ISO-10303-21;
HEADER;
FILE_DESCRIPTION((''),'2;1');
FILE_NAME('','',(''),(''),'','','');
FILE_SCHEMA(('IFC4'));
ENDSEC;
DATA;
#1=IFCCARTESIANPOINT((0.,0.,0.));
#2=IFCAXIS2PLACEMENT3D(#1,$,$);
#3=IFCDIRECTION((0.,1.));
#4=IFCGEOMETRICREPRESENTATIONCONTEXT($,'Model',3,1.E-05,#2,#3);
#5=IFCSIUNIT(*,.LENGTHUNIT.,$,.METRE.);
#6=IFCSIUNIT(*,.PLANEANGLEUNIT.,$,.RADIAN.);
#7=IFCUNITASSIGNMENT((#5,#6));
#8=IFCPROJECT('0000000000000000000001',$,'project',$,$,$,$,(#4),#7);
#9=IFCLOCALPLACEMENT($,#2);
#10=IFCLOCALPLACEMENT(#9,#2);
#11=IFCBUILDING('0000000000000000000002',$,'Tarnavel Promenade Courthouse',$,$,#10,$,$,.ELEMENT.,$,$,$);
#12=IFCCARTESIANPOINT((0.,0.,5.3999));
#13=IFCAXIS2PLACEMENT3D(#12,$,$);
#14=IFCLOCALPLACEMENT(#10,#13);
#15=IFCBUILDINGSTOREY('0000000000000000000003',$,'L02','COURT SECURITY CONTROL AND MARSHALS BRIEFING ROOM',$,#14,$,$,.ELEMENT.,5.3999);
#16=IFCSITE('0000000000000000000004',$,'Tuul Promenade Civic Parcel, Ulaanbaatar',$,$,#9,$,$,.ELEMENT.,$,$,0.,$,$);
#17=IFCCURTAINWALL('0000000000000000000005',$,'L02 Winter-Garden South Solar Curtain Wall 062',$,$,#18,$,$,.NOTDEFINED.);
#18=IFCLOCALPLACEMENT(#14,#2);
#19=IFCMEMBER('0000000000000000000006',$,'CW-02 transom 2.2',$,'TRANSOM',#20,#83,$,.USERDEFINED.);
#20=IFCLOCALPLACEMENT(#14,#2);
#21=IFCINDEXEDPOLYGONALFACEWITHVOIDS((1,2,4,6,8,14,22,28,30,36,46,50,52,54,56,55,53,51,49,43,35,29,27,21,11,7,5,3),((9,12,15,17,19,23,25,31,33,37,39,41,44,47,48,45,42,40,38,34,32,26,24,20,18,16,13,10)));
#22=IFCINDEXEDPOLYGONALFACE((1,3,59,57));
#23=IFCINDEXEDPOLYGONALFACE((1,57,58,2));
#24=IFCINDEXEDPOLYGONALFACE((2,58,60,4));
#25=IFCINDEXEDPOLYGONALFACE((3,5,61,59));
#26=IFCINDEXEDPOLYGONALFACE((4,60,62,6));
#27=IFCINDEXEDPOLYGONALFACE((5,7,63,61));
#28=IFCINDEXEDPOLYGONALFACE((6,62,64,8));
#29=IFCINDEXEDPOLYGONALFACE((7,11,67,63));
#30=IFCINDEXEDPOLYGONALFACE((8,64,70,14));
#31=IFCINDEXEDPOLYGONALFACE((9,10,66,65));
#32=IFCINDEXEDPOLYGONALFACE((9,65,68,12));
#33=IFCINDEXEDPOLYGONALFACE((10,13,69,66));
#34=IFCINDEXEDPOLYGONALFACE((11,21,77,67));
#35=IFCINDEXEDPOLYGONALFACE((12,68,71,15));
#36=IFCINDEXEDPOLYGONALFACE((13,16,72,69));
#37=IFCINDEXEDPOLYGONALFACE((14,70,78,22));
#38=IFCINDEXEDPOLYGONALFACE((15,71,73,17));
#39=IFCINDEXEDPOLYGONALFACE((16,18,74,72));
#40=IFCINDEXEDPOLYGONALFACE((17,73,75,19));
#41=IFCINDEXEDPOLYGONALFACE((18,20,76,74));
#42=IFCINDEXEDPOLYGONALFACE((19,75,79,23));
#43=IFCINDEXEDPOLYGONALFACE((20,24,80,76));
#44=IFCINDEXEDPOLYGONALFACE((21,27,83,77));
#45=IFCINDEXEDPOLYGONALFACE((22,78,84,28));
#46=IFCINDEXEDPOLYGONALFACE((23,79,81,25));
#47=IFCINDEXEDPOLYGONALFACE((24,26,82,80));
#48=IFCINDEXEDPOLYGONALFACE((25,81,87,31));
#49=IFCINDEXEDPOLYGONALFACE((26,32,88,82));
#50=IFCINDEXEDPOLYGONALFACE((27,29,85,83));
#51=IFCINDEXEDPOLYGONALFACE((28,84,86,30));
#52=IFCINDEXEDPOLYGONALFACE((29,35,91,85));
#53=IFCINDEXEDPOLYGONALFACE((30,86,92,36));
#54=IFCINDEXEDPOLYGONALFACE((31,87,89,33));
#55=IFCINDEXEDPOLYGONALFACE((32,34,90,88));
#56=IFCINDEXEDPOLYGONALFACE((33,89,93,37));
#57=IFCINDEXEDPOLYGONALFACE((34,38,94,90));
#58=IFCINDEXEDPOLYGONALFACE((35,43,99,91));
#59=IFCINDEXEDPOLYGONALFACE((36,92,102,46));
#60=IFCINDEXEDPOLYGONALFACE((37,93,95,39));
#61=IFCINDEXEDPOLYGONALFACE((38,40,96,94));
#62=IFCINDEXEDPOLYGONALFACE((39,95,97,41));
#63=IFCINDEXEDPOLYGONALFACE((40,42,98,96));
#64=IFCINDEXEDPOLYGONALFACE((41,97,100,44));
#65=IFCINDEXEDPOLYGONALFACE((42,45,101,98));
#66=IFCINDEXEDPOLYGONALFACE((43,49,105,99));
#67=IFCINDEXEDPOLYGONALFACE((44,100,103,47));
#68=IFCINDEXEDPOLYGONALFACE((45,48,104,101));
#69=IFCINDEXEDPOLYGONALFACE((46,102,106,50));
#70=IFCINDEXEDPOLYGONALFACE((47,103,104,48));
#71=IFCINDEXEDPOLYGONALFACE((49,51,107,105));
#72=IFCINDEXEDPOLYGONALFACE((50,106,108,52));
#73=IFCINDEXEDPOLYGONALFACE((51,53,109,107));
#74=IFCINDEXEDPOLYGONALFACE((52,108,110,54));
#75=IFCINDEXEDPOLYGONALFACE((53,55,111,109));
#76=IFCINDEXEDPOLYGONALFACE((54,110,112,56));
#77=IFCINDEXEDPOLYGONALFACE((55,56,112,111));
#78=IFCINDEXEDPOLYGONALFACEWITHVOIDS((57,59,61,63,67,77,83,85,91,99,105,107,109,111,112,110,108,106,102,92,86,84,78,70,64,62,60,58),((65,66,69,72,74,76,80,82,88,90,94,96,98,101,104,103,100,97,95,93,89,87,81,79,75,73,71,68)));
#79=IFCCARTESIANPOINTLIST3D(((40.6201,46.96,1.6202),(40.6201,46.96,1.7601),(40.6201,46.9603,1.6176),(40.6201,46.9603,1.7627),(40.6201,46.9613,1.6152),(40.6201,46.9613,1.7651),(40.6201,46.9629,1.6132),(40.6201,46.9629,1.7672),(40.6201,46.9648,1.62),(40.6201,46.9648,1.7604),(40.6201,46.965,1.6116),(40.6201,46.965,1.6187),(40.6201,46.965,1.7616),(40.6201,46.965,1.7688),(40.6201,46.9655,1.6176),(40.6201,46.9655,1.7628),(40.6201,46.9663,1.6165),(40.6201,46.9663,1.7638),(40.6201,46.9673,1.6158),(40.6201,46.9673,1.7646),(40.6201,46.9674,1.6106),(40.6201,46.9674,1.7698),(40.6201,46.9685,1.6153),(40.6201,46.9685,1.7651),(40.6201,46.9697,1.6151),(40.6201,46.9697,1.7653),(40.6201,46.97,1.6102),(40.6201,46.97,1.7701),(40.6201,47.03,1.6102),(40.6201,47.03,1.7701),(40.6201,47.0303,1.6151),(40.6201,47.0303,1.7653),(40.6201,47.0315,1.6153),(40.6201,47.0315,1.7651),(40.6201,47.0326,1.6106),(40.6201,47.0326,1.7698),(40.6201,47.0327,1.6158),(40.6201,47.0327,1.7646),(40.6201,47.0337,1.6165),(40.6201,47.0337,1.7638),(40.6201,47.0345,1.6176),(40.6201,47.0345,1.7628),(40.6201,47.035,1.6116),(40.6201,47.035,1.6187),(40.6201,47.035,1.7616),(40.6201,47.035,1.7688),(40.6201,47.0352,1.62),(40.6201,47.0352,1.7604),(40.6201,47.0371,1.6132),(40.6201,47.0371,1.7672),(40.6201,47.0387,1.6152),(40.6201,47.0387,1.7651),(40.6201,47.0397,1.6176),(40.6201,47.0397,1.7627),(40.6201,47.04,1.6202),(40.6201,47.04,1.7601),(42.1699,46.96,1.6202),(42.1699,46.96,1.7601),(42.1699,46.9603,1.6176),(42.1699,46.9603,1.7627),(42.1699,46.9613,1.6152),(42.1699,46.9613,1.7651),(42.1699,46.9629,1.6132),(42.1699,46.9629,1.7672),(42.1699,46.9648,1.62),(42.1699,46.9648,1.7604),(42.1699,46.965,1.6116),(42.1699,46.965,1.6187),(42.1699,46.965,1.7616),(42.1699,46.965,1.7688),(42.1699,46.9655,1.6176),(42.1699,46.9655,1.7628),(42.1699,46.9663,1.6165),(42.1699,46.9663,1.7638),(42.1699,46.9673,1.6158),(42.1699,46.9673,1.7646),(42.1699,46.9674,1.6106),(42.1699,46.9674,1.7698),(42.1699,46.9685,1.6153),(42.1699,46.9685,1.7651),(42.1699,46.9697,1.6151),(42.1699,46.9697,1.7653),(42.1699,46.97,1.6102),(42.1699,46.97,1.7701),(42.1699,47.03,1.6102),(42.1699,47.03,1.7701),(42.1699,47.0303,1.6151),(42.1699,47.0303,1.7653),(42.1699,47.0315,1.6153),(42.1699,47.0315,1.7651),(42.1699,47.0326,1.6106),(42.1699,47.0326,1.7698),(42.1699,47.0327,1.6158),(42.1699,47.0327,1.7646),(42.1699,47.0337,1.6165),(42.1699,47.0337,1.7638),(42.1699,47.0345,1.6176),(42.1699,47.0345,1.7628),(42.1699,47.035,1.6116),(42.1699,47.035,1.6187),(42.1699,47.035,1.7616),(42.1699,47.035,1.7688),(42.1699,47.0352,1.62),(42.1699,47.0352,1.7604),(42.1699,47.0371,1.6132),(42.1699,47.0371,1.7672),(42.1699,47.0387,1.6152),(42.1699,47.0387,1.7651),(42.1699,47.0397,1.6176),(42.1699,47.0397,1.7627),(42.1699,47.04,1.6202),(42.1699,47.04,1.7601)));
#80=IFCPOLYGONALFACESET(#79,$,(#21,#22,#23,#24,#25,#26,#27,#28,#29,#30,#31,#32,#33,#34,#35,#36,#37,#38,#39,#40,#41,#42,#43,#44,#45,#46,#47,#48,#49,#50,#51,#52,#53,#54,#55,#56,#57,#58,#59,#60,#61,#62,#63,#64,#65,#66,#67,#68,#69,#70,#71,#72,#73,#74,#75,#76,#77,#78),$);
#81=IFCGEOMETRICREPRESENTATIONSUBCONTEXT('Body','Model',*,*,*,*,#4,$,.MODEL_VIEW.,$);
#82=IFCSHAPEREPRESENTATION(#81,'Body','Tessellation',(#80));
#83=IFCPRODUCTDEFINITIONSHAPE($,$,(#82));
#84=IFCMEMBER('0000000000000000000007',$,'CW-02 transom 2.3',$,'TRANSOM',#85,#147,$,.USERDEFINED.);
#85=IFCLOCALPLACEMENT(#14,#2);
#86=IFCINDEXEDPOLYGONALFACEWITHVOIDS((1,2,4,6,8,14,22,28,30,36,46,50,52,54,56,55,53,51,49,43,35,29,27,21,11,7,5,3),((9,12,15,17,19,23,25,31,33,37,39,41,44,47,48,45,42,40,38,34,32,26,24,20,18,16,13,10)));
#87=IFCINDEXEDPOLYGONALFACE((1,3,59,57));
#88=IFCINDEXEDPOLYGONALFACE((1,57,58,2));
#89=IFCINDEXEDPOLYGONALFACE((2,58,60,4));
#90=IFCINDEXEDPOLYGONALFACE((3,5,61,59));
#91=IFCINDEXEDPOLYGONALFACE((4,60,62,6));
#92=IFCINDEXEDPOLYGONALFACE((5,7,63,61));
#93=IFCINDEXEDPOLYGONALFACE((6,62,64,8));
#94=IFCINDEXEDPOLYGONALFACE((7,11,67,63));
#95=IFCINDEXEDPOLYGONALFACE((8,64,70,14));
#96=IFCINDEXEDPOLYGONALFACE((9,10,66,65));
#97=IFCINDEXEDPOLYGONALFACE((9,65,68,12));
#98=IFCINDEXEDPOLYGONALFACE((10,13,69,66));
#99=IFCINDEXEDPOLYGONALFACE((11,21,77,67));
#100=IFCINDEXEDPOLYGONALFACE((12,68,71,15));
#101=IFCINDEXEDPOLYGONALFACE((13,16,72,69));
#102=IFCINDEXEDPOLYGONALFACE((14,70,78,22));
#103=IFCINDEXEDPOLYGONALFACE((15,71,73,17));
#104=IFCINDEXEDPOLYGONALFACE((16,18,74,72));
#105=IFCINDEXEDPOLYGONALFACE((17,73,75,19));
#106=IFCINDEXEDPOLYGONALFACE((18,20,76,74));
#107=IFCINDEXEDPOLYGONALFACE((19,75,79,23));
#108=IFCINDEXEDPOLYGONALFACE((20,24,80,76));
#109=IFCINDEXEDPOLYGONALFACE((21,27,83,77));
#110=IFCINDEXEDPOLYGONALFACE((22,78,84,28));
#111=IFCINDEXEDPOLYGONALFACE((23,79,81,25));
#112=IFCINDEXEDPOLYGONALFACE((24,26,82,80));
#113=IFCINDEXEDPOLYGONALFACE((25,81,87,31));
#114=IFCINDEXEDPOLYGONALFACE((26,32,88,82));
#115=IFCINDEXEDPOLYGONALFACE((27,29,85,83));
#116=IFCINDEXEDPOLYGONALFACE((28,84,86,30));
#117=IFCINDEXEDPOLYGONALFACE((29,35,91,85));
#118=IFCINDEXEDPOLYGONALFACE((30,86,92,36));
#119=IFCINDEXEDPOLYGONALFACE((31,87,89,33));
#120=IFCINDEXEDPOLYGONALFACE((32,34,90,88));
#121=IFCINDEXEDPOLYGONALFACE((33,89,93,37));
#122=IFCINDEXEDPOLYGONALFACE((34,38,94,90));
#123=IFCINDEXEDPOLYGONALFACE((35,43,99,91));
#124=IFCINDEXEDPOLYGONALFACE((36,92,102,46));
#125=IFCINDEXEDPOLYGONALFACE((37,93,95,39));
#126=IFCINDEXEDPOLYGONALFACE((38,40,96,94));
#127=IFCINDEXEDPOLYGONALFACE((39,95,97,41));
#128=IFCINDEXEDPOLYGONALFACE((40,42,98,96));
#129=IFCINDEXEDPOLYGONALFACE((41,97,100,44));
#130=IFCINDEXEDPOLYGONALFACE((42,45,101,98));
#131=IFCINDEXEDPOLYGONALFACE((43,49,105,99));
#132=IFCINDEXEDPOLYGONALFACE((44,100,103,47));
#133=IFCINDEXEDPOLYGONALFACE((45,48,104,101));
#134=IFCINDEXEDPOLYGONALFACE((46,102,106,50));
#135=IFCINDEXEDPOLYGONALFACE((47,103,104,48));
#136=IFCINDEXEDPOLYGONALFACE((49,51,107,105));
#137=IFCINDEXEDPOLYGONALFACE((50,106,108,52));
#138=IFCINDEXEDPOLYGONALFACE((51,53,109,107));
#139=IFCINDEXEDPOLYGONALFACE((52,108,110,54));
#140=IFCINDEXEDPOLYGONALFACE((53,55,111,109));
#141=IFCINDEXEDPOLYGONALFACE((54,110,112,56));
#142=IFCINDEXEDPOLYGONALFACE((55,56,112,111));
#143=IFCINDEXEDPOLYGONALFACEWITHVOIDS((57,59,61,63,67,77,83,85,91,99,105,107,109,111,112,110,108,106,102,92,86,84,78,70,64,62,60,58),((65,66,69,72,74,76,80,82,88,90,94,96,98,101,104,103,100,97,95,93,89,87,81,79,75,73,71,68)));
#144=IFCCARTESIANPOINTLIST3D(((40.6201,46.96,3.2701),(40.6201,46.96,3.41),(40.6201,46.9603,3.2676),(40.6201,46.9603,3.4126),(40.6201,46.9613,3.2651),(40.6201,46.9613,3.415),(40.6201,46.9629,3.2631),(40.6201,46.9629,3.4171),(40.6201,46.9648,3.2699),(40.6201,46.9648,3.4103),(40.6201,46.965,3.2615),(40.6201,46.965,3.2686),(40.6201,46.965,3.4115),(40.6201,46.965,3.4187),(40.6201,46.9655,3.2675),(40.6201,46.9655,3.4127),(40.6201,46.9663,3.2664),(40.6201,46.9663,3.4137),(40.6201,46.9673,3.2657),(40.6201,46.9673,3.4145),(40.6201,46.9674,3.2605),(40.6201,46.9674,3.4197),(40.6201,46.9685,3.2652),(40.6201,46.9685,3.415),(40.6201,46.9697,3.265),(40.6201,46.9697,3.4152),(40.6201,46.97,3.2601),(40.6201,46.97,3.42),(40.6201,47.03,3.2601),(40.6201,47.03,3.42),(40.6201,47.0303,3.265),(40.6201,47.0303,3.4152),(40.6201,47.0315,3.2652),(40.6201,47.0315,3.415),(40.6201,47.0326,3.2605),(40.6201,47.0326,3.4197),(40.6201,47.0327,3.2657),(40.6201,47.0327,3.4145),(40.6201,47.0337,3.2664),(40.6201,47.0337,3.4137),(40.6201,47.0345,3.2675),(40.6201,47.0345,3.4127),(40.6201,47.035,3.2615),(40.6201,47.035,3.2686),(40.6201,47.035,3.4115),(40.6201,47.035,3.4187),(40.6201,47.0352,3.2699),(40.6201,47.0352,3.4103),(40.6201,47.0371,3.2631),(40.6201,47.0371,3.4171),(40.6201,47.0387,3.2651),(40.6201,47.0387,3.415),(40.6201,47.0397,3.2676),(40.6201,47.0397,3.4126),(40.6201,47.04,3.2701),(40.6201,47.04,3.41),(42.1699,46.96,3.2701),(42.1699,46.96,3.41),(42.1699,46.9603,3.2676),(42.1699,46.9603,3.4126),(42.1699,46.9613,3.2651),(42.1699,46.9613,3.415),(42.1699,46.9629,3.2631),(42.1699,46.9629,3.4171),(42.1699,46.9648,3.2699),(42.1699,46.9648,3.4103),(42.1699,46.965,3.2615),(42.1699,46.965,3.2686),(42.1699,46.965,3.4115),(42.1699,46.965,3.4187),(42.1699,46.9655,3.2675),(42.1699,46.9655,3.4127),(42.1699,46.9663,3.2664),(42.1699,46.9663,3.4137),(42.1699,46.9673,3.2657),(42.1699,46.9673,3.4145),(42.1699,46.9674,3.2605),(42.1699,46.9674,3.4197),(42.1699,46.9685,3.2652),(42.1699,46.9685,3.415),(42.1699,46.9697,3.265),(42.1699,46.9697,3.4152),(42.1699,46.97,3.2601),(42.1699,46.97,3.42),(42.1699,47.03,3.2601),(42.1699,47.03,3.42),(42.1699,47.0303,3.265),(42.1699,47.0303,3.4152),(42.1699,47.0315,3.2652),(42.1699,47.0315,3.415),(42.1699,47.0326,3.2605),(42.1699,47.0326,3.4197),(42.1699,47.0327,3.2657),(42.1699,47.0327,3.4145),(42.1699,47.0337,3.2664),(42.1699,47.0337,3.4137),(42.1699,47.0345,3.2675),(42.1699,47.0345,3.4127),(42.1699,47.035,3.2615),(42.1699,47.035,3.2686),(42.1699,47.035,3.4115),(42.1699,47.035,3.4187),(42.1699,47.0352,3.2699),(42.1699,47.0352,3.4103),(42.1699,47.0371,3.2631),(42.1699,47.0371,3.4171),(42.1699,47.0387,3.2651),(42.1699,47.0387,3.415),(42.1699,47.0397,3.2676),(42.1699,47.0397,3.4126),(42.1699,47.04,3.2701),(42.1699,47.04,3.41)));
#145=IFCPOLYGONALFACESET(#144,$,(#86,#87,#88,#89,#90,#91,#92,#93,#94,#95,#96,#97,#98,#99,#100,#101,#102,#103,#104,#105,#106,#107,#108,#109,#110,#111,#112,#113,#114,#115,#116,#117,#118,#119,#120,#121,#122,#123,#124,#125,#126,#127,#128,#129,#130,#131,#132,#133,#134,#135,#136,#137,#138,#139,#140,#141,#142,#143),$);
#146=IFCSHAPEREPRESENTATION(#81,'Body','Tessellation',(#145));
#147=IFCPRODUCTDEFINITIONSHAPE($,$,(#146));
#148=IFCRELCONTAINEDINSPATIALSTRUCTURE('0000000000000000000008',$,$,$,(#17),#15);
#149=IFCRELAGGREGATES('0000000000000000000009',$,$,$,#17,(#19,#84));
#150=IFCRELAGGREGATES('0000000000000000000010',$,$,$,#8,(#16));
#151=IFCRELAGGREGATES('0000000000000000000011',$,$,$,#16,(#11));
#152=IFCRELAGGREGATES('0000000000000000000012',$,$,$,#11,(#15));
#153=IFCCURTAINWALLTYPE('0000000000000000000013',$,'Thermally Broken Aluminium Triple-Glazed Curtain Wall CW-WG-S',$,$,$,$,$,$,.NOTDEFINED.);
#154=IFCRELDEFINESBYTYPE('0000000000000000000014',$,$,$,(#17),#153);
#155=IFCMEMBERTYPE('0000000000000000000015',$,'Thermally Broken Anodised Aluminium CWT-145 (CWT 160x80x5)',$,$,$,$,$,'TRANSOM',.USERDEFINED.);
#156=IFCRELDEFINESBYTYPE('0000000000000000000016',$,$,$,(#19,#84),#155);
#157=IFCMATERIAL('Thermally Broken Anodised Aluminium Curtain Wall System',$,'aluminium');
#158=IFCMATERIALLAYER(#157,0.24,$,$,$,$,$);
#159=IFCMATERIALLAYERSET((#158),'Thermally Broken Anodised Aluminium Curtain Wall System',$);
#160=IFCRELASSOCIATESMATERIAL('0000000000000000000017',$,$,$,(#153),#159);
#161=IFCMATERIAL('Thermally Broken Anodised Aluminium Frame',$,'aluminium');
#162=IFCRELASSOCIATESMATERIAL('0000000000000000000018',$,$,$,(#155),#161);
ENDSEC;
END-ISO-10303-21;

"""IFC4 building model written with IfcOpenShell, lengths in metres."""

from ifc_helpers import new_model, si_unit, direction, frame, origin, origin_2d, place, context, subcontext, project, spatial, hollow_rectangle, extrude, material, layer, layer_set, material_profile, profile_set, type_object, element, aggregate, save


model = new_model("IFC4")

# Units and contexts
model_context = context("Model", 3, precision=1e-05, world=origin(), true_north=direction((0.0, 1.0)))
body_context = subcontext(model_context, "Body", "Model", "MODEL_VIEW")
ifc_project = project(units=[si_unit("LENGTHUNIT", "METRE"), si_unit("PLANEANGLEUNIT", "RADIAN")], contexts=[model_context])

# Site, building, storey
site_placement = place(None, origin())
site = spatial("IfcSite", under=ifc_project, at=site_placement, Name="Tuul Promenade Civic Parcel, Ulaanbaatar", CompositionType="ELEMENT", RefElevation=0.0)
building_placement = place(site_placement, origin())
building = spatial("IfcBuilding", under=site, at=building_placement, Name="Tarnavel Promenade Courthouse", CompositionType="ELEMENT")
storey_placement = place(building_placement, frame((0.0, 0.0, 5.3999)))
storey = spatial("IfcBuildingStorey", under=building, at=storey_placement, Name="L02", Description="COURT SECURITY CONTROL AND MARSHALS BRIEFING ROOM", CompositionType="ELEMENT", Elevation=5.3999)

# Curtain wall
ifc_material_1 = material(Name="Thermally Broken Anodised Aluminium Curtain Wall System", Category="aluminium")
ifc_layer_1 = layer(ifc_material_1, 0.24)
ifc_layer_set_1 = layer_set([ifc_layer_1], Name="Thermally Broken Anodised Aluminium Curtain Wall System")
curtain_wall_type = type_object("IfcCurtainWallType", Name="Thermally Broken Aluminium Triple-Glazed Curtain Wall CW-WG-S", PredefinedType="NOTDEFINED", material=ifc_layer_set_1)
curtain_wall_1_placement = place(storey_placement, origin())
curtain_wall_1 = element("IfcCurtainWall", 1, at=curtain_wall_1_placement, inside=storey, type_object=curtain_wall_type, Name="L02 Winter-Garden South Solar Curtain Wall 062", PredefinedType="NOTDEFINED")
ifc_material_2 = material(Name="Thermally Broken Anodised Aluminium Frame", Category="aluminium")

# Members
ifc_material_profile_1 = material_profile(ifc_material_2, hollow_rectangle(XDim=0.0801, YDim=0.1599, WallThickness=0.0049, InnerFilletRadius=0.0049, OuterFilletRadius=0.01, at=origin_2d()), Name="CWT 160x80x5")
ifc_profile_set_1 = profile_set([ifc_material_profile_1], Name="Thermally Broken Anodised Aluminium Frame")
member_type_1 = type_object("IfcMemberType", Name="Thermally Broken Anodised Aluminium CWT-145 (CWT 160x80x5)", ElementType="TRANSOM", PredefinedType="USERDEFINED", material=ifc_profile_set_1)
member_1_placement = place(storey_placement, frame((40.6201, 47.0, 1.6902), z_axis=(1.0, 0.0, 0.0), x_axis=(0.0, 1.0, 0.0)))
member_1 = element("IfcMember", 2, at=member_1_placement, type_object=member_type_1, Name="CW-02 transom 2.2", ObjectType="TRANSOM", PredefinedType="USERDEFINED", context=body_context, shape_type="SweptSolid", body=[
    extrude(hollow_rectangle(XDim=0.0801, YDim=0.1599, WallThickness=0.0049, InnerFilletRadius=0.0049, OuterFilletRadius=0.01, at=origin_2d()), origin(), (0.0, 0.0, 1.0), 1.5498),
])
member_2_placement = place(storey_placement, frame((40.6201, 47.0, 3.3401), z_axis=(1.0, 0.0, 0.0), x_axis=(0.0, 1.0, 0.0)))
member_2 = element("IfcMember", 3, at=member_2_placement, type_object=member_type_1, Name="CW-02 transom 2.3", ObjectType="TRANSOM", PredefinedType="USERDEFINED", context=body_context, shape_type="SweptSolid", body=[
    extrude(hollow_rectangle(XDim=0.0801, YDim=0.1599, WallThickness=0.0049, InnerFilletRadius=0.0049, OuterFilletRadius=0.01, at=origin_2d()), origin(), (0.0, 0.0, 1.0), 1.5498),
])

aggregate(curtain_wall_1, [member_1, member_2])

save(model, "model.ifc")
